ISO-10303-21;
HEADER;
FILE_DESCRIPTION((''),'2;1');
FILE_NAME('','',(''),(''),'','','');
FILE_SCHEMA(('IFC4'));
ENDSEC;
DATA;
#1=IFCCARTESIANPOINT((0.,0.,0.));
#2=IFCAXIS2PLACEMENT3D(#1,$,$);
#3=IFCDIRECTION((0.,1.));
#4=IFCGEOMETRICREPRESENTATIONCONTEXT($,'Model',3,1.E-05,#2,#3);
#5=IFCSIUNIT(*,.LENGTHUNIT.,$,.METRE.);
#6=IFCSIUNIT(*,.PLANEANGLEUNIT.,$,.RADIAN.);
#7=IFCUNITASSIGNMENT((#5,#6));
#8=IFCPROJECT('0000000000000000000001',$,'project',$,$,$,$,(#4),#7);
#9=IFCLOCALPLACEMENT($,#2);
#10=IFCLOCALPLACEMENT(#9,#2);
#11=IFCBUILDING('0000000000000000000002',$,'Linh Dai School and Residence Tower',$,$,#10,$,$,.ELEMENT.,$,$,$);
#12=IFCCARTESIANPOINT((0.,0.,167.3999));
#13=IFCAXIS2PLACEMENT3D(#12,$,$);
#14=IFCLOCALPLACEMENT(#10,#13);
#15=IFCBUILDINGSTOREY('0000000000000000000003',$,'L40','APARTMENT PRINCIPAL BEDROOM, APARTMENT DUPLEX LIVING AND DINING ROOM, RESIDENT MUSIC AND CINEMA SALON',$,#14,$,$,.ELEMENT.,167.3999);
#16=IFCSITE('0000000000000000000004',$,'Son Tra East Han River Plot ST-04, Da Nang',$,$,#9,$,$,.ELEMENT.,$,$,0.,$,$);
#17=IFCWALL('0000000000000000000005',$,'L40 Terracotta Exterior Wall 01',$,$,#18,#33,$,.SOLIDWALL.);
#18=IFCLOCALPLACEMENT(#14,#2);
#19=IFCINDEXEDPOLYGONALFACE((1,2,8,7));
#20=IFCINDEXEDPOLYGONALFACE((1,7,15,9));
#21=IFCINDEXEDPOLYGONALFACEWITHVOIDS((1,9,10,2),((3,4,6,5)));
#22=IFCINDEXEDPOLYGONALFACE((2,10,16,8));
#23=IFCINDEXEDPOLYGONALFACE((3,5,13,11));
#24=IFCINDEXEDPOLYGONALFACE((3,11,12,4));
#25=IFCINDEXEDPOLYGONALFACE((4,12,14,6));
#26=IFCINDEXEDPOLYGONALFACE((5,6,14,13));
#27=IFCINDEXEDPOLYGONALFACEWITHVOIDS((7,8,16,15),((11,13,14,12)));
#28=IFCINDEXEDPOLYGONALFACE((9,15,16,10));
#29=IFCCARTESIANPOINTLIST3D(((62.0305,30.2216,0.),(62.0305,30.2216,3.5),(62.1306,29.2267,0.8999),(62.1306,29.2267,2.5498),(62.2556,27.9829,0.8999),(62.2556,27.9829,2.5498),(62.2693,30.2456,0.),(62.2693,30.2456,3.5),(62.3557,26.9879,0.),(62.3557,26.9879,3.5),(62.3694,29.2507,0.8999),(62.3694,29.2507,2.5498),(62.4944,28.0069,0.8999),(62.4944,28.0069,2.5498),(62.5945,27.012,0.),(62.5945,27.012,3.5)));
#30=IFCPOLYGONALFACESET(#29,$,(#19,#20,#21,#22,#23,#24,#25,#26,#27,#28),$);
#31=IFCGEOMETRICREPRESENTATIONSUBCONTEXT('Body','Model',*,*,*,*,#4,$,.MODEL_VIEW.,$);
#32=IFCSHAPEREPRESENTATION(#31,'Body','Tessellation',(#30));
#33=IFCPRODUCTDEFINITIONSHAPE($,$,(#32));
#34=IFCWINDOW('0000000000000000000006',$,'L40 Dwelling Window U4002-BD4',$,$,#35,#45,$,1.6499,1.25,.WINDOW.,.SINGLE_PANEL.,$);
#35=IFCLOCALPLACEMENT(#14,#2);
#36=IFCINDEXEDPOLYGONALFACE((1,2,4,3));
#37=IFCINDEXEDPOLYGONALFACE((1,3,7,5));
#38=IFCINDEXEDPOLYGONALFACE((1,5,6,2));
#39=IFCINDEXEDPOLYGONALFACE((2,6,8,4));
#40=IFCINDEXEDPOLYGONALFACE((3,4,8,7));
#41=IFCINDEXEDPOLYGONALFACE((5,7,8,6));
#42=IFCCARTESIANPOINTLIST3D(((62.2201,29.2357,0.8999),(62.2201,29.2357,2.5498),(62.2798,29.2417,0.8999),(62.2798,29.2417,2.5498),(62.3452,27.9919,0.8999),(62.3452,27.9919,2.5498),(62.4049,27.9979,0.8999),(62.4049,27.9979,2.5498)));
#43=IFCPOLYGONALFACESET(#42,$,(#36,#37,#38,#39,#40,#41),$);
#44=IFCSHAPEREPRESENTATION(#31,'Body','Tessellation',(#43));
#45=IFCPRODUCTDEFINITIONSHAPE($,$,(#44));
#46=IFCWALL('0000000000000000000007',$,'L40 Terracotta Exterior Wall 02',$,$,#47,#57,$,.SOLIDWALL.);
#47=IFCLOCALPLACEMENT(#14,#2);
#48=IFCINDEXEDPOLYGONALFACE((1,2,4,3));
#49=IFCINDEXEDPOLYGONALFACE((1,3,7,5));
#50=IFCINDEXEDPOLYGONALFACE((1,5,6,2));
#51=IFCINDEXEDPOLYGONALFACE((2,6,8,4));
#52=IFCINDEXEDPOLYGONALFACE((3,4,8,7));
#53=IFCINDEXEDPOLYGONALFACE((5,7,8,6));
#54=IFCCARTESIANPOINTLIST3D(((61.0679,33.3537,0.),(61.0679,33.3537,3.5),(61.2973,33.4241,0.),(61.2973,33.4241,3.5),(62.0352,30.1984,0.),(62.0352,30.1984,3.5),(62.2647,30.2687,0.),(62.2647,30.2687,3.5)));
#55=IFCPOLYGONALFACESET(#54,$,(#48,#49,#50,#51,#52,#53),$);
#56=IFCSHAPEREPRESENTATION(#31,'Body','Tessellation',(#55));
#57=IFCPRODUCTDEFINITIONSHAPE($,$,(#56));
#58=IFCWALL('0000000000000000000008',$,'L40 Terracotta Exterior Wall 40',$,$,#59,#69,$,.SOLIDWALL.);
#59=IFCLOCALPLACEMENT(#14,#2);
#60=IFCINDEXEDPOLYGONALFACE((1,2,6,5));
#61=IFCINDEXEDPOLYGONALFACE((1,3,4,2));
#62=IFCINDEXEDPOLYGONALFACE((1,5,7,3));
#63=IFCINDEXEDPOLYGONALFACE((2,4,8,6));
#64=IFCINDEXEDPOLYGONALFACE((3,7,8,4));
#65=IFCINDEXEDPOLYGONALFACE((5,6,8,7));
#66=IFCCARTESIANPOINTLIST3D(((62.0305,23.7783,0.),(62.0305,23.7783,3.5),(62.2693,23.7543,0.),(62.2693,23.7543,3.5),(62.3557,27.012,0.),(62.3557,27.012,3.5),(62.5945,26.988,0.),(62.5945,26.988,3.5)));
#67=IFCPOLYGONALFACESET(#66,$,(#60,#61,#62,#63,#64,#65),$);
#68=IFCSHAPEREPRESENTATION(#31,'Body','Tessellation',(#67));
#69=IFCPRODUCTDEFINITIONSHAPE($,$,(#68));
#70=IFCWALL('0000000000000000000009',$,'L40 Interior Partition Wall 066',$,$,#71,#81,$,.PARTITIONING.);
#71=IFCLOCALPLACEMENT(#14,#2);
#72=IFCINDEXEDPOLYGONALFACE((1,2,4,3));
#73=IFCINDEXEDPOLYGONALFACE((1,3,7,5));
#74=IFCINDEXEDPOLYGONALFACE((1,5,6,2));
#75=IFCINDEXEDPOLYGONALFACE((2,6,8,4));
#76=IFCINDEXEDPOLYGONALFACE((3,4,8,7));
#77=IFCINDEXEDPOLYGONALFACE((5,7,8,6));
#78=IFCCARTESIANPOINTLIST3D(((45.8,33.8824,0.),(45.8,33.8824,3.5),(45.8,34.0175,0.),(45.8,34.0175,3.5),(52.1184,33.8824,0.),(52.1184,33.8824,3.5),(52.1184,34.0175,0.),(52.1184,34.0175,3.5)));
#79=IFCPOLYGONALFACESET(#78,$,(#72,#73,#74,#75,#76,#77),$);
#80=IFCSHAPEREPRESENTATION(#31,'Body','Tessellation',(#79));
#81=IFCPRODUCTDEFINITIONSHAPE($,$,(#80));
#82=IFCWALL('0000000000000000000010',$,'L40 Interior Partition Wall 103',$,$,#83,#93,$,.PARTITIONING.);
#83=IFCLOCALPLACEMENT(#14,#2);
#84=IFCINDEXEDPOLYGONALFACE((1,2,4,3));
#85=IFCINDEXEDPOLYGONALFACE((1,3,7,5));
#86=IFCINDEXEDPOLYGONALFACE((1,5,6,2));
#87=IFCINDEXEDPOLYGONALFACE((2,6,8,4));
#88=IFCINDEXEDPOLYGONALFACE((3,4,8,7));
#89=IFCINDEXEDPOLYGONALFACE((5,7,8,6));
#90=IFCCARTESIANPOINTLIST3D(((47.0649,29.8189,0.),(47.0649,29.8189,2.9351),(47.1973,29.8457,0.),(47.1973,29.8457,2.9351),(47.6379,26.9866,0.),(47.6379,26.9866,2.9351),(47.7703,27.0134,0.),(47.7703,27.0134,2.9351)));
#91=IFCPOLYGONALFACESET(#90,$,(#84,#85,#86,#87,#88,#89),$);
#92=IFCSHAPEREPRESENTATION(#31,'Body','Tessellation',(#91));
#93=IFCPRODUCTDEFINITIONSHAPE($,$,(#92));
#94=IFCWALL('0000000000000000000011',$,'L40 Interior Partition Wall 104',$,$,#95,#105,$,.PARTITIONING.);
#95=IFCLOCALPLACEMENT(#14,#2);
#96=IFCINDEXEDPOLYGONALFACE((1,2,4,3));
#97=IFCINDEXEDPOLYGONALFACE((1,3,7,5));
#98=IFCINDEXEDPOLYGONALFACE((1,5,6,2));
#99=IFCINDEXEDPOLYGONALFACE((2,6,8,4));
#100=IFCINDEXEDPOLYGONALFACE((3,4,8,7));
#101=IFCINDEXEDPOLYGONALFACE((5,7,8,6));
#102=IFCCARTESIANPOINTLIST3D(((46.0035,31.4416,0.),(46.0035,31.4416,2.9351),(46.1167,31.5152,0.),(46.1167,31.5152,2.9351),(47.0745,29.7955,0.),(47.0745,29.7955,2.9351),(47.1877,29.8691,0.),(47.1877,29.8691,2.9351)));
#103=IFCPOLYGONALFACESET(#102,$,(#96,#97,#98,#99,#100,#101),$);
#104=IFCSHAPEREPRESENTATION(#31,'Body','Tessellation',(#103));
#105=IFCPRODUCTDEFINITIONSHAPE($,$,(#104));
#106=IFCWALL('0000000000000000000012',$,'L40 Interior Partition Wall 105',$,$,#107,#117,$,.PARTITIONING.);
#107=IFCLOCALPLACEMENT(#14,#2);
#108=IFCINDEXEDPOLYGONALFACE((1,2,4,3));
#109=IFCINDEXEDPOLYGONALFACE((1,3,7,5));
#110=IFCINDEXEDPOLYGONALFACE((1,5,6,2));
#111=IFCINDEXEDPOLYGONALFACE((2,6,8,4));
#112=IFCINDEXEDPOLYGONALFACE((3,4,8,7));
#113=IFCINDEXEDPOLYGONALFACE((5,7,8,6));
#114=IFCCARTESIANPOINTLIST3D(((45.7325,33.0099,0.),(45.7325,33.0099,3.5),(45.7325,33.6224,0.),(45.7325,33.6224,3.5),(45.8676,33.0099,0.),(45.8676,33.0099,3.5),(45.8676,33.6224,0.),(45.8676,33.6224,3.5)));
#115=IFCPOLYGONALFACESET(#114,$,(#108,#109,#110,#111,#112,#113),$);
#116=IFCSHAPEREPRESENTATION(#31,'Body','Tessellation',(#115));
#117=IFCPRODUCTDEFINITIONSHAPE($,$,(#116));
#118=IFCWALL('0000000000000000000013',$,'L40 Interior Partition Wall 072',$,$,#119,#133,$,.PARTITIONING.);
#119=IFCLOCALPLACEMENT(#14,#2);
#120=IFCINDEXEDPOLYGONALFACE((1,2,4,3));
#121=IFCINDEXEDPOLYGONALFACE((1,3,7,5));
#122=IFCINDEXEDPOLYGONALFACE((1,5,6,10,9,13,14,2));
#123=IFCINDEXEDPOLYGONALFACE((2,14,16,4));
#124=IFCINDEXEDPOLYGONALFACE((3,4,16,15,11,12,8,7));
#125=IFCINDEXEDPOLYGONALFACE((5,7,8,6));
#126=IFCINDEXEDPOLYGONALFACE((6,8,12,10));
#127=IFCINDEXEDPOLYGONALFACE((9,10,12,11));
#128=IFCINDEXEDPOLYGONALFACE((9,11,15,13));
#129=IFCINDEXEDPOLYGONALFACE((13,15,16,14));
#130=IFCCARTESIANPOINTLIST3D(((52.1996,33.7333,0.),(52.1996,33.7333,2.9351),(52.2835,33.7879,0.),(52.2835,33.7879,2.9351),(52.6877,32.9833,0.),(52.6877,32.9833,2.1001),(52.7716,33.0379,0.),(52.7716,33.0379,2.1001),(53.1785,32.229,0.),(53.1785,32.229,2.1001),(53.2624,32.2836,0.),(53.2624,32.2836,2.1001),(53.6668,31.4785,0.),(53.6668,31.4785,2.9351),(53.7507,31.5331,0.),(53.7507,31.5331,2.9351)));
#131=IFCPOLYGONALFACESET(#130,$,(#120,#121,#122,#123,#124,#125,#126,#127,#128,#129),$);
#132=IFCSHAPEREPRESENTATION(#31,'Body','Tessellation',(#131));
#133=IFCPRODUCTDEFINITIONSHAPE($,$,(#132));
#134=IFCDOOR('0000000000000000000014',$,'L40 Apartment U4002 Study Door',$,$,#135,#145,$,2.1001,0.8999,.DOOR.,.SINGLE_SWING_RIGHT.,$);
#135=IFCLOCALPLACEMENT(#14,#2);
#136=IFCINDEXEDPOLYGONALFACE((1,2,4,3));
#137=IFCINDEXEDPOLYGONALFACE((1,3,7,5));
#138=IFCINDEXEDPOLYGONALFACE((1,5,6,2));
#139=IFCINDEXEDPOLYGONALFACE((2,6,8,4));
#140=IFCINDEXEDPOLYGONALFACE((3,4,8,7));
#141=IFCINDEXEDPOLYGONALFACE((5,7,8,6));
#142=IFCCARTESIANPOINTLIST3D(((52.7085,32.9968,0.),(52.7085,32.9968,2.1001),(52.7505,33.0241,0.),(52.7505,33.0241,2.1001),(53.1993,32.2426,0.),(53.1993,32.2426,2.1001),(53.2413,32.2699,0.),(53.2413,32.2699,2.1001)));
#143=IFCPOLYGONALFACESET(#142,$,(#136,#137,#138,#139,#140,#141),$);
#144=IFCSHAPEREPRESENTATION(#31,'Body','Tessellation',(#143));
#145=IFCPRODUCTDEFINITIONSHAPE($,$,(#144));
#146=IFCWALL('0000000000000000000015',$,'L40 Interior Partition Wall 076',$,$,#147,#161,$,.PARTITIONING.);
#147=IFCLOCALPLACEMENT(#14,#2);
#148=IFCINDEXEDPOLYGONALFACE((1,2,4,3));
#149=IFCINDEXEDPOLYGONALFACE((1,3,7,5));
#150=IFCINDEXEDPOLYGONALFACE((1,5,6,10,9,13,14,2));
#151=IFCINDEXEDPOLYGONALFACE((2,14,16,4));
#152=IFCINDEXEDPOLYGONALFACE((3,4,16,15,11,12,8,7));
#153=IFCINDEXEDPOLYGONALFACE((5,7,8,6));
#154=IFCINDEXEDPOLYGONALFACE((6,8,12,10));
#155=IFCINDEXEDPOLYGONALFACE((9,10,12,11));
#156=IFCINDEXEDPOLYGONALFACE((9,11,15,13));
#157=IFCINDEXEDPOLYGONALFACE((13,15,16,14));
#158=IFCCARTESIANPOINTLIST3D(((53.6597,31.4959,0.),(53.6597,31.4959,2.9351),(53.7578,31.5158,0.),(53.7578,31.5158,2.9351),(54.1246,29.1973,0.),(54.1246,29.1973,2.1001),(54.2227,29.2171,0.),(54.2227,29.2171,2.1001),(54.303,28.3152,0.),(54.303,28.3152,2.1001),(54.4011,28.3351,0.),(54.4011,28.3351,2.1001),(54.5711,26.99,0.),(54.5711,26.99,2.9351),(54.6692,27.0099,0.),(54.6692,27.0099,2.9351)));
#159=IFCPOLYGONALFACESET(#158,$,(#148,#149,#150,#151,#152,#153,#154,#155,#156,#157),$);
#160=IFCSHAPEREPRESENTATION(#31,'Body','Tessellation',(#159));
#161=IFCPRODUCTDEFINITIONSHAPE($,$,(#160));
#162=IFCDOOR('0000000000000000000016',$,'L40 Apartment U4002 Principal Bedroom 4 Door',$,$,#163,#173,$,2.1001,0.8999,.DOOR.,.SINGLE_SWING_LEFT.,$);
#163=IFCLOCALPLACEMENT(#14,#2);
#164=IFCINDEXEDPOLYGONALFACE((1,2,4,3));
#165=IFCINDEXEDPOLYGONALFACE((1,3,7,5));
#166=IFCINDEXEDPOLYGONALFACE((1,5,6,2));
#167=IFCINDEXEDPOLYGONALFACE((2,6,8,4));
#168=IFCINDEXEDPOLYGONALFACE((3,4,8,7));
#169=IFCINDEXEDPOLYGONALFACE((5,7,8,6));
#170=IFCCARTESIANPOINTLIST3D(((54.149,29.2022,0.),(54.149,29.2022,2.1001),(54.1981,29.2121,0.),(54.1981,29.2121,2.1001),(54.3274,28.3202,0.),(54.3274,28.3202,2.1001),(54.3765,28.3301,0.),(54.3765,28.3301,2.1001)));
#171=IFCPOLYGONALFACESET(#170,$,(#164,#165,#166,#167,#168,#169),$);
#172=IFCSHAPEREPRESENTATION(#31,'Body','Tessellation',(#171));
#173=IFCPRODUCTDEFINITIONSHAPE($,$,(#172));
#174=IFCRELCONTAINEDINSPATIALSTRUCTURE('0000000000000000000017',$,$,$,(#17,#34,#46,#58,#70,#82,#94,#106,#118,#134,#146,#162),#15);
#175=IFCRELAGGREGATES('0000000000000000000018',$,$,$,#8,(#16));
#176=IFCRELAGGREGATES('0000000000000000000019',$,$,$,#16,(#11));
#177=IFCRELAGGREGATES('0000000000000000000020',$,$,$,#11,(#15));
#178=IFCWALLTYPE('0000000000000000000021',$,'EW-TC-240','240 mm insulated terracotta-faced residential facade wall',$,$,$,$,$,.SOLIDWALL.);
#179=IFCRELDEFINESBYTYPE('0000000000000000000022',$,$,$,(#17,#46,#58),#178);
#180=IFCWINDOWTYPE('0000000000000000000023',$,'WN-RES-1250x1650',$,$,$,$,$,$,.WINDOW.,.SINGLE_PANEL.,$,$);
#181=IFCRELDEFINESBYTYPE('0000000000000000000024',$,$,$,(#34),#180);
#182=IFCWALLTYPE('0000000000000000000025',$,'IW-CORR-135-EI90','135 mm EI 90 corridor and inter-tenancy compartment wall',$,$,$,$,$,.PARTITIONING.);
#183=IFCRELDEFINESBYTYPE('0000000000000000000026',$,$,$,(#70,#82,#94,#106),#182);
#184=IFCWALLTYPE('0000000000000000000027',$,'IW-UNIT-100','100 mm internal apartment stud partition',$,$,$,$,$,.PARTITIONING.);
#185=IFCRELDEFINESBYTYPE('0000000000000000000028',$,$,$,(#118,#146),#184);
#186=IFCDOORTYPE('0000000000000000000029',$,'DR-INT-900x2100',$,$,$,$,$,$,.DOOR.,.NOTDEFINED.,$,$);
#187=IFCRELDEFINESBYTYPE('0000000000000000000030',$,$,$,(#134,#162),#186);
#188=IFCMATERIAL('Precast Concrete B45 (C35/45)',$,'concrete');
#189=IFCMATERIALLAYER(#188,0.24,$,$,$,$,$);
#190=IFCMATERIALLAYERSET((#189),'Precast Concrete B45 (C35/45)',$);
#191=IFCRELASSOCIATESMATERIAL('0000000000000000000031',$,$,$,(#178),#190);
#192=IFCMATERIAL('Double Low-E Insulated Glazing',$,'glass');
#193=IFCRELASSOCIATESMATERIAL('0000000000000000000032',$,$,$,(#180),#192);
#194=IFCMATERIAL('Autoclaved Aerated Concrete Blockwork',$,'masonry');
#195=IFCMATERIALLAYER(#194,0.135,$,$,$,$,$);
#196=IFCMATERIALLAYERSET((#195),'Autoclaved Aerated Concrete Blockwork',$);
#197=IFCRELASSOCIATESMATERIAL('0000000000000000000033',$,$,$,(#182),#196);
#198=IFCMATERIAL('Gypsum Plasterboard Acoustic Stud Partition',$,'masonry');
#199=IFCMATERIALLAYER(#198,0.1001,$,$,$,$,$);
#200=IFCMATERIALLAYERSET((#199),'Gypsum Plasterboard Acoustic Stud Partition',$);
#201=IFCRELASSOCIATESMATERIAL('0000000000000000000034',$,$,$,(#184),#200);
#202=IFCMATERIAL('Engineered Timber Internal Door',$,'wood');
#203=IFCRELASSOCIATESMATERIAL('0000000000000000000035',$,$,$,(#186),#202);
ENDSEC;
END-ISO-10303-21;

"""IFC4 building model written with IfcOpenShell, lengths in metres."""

from ifc_helpers import new_model, si_unit, direction, frame, frame_2d, origin, origin_2d, place, context, subcontext, project, spatial, rectangle, extrude, source, transform, mapped, material, layer, layer_set, type_object, element, fill, save


model = new_model("IFC4")

# Units and contexts
model_context = context("Model", 3, precision=1e-05, world=origin(), true_north=direction((0.0, 1.0)))
body_context = subcontext(model_context, "Body", "Model", "MODEL_VIEW")
ifc_project = project(units=[si_unit("LENGTHUNIT", "METRE"), si_unit("PLANEANGLEUNIT", "RADIAN")], contexts=[model_context])

# Site, building, storey
site_placement = place(None, origin())
site = spatial("IfcSite", under=ifc_project, at=site_placement, Name="Son Tra East Han River Plot ST-04, Da Nang", CompositionType="ELEMENT", RefElevation=0.0)
building_placement = place(site_placement, origin())
building = spatial("IfcBuilding", under=site, at=building_placement, Name="Linh Dai School and Residence Tower", CompositionType="ELEMENT")
storey_placement = place(building_placement, frame((0.0, 0.0, 167.3999)))
storey = spatial("IfcBuildingStorey", under=building, at=storey_placement, Name="L40", Description="APARTMENT PRINCIPAL BEDROOM, APARTMENT DUPLEX LIVING AND DINING ROOM, RESIDENT MUSIC AND CINEMA SALON", CompositionType="ELEMENT", Elevation=167.3999)

# Shared definitions
ifc_material_1 = material(Name="Precast Concrete B45 (C35/45)", Category="concrete")

# Wall, opening, window
ifc_layer_1 = layer(ifc_material_1, 0.24)
ifc_layer_set_1 = layer_set([ifc_layer_1], Name="Precast Concrete B45 (C35/45)")
wall_type_1 = type_object("IfcWallType", Name="EW-TC-240", Description="240 mm insulated terracotta-faced residential facade wall", PredefinedType="SOLIDWALL", material=ifc_layer_set_1)
wall_1_placement = place(storey_placement, frame((62.1499, 30.2336, 0.0), z_axis=(0.0, 0.0, 1.0), x_axis=(0.100062, -0.994981, 0.0)))
wall_1 = element("IfcWall", 1, at=wall_1_placement, inside=storey, type_object=wall_type_1, Name="L40 Terracotta Exterior Wall 01", PredefinedType="SOLIDWALL", context=body_context, shape_type="SweptSolid", body=[
    extrude(rectangle(XDim=3.25, YDim=0.24, at=frame_2d((1.625, 0.0))), origin(), (0.0, 0.0, 1.0), 3.5),
])
opening_1_placement = place(wall_1_placement, frame((1.0, 0.0, 0.8999)))
opening_1 = element("IfcOpeningElement", 2, at=opening_1_placement, cuts=wall_1, PredefinedType="OPENING", context=body_context, shape_type="SweptSolid", body=[
    extrude(rectangle(XDim=1.25, YDim=1.6499, at=origin_2d()), frame((0.625, 0.1299, 0.825), z_axis=(0.0, -1.0, 0.0), x_axis=(1.0, 0.0, 0.0)), (0.0, 0.0, 1.0), 0.26),
])
ifc_material_2 = material(Name="Double Low-E Insulated Glazing", Category="glass")
window_type = type_object("IfcWindowType", Name="WN-RES-1250x1650", PartitioningType="SINGLE_PANEL", PredefinedType="WINDOW", material=ifc_material_2)
shared_shape_1 = source(origin(), body_context, "Body", "SweptSolid", [
    extrude(rectangle(XDim=1.25, YDim=1.6499, at=origin_2d()), frame((0.625, 0.03, 0.825), z_axis=(0.0, -1.0, 0.0), x_axis=(1.0, 0.0, 0.0)), (0.0, 0.0, 1.0), 0.0601),
])
window_placement = place(opening_1_placement, origin())
window = element("IfcWindow", 3, at=window_placement, inside=storey, type_object=window_type, Name="L40 Dwelling Window U4002-BD4", OverallHeight=1.6499, OverallWidth=1.25, PartitioningType="SINGLE_PANEL", PredefinedType="WINDOW", context=body_context, shape_type="MappedRepresentation", body=[
    mapped(shared_shape_1, transform((0.0, 0.0, 0.0), x_axis=(1.0, 0.0, 0.0), y_axis=(0.0, 1.0, 0.0), z_axis=(0.0, 0.0, 1.0), scale=1.0)),
])
fill(opening_1, window)

# Walls
wall_2_placement = place(storey_placement, frame((61.1826, 33.3889, 0.0), z_axis=(0.0, 0.0, 1.0), x_axis=(0.293098, -0.956082, 0.0)))
element("IfcWall", 4, at=wall_2_placement, inside=storey, type_object=wall_type_1, Name="L40 Terracotta Exterior Wall 02", PredefinedType="SOLIDWALL", context=body_context, shape_type="SweptSolid", body=[
    extrude(rectangle(XDim=3.3003, YDim=0.24, at=frame_2d((1.6501, 0.0))), origin(), (0.0, 0.0, 1.0), 3.5),
])
wall_3_placement = place(storey_placement, frame((62.4751, 27.0, 0.0), z_axis=(0.0, 0.0, 1.0), x_axis=(-0.100062, -0.994981, 0.0)))
element("IfcWall", 5, at=wall_3_placement, inside=storey, type_object=wall_type_1, Name="L40 Terracotta Exterior Wall 40", PredefinedType="SOLIDWALL", context=body_context, shape_type="SweptSolid", body=[
    extrude(rectangle(XDim=3.25, YDim=0.24, at=frame_2d((1.625, 0.0))), origin(), (0.0, 0.0, 1.0), 3.5),
])
ifc_material_3 = material(Name="Autoclaved Aerated Concrete Blockwork", Category="masonry")
ifc_layer_2 = layer(ifc_material_3, 0.135)
ifc_layer_set_2 = layer_set([ifc_layer_2], Name="Autoclaved Aerated Concrete Blockwork")
wall_type_2 = type_object("IfcWallType", Name="IW-CORR-135-EI90", Description="135 mm EI 90 corridor and inter-tenancy compartment wall", PredefinedType="PARTITIONING", material=ifc_layer_set_2)
wall_4_placement = place(storey_placement, frame((45.8, 33.95, 0.0), z_axis=(0.0, 0.0, 1.0), x_axis=(1.0, 0.0, 0.0)))
element("IfcWall", 6, at=wall_4_placement, inside=storey, type_object=wall_type_2, Name="L40 Interior Partition Wall 066", PredefinedType="PARTITIONING", context=body_context, shape_type="SweptSolid", body=[
    extrude(rectangle(XDim=6.3184, YDim=0.135, at=frame_2d((3.1592, 0.0))), origin(), (0.0, 0.0, 1.0), 3.5),
])
wall_5_placement = place(storey_placement, frame((47.7041, 27.0, 0.0), z_axis=(0.0, 0.0, 1.0), x_axis=(-0.198293, 0.980143, 0.0)))
element("IfcWall", 7, at=wall_5_placement, inside=storey, type_object=wall_type_2, Name="L40 Interior Partition Wall 103", PredefinedType="PARTITIONING", context=body_context, shape_type="SweptSolid", body=[
    extrude(rectangle(XDim=2.8896, YDim=0.135, at=frame_2d((1.4448, 0.0))), origin(), (0.0, 0.0, 1.0), 2.9351),
])
wall_6_placement = place(storey_placement, frame((47.1311, 29.8323, 0.0), z_axis=(0.0, 0.0, 1.0), x_axis=(-0.545342, 0.838213, 0.0)))
element("IfcWall", 8, at=wall_6_placement, inside=storey, type_object=wall_type_2, Name="L40 Interior Partition Wall 104", PredefinedType="PARTITIONING", context=body_context, shape_type="SweptSolid", body=[
    extrude(rectangle(XDim=1.9639, YDim=0.135, at=frame_2d((0.9819, 0.0))), origin(), (0.0, 0.0, 1.0), 2.9351),
])
wall_7_placement = place(storey_placement, frame((45.8, 33.01, 0.0), z_axis=(0.0, 0.0, 1.0), x_axis=(0.0, 1.0, 0.0)))
element("IfcWall", 9, at=wall_7_placement, inside=storey, type_object=wall_type_2, Name="L40 Interior Partition Wall 105", PredefinedType="PARTITIONING", context=body_context, shape_type="SweptSolid", body=[
    extrude(rectangle(XDim=0.6125, YDim=0.135, at=frame_2d((0.3062, 0.0))), origin(), (0.0, 0.0, 1.0), 3.5),
])

# Walls, openings, doors
ifc_material_4 = material(Name="Gypsum Plasterboard Acoustic Stud Partition", Category="masonry")
ifc_layer_3 = layer(ifc_material_4, 0.1001)
ifc_layer_set_3 = layer_set([ifc_layer_3], Name="Gypsum Plasterboard Acoustic Stud Partition")
wall_type_3 = type_object("IfcWallType", Name="IW-UNIT-100", Description="100 mm internal apartment stud partition", PredefinedType="PARTITIONING", material=ifc_layer_set_3)
wall_8_placement = place(storey_placement, frame((52.2415, 33.7607, 0.0), z_axis=(0.0, 0.0, 1.0), x_axis=(0.545409, -0.83817, 0.0)))
wall_8 = element("IfcWall", 10, at=wall_8_placement, inside=storey, type_object=wall_type_3, Name="L40 Interior Partition Wall 072", PredefinedType="PARTITIONING", context=body_context, shape_type="SweptSolid", body=[
    extrude(rectangle(XDim=2.6902, YDim=0.1001, at=frame_2d((1.3452, 0.0))), origin(), (0.0, 0.0, 1.0), 2.9351),
])
opening_2_placement = place(wall_8_placement, frame((0.895, 0.0, 0.0)))
opening_2 = element("IfcOpeningElement", 11, at=opening_2_placement, cuts=wall_8, PredefinedType="OPENING", context=body_context, shape_type="SweptSolid", body=[
    extrude(rectangle(XDim=0.8999, YDim=2.1001, at=origin_2d()), frame((0.45, 0.0601, 1.05), z_axis=(0.0, -1.0, 0.0), x_axis=(1.0, 0.0, 0.0)), (0.0, 0.0, 1.0), 0.1201),
])
ifc_material_5 = material(Name="Engineered Timber Internal Door", Category="wood")
door_type = type_object("IfcDoorType", Name="DR-INT-900x2100", OperationType="NOTDEFINED", PredefinedType="DOOR", material=ifc_material_5)
shared_shape_2 = source(origin(), body_context, "Body", "SweptSolid", [
    extrude(rectangle(XDim=0.8999, YDim=2.1001, at=origin_2d()), frame((0.45, 0.0249, 1.05), z_axis=(0.0, -1.0, 0.0), x_axis=(1.0, 0.0, 0.0)), (0.0, 0.0, 1.0), 0.05),
])
door_1_placement = place(opening_2_placement, origin())
door_1 = element("IfcDoor", 12, at=door_1_placement, inside=storey, type_object=door_type, Name="L40 Apartment U4002 Study Door", OperationType="SINGLE_SWING_RIGHT", OverallHeight=2.1001, OverallWidth=0.8999, PredefinedType="DOOR", context=body_context, shape_type="MappedRepresentation", body=[
    mapped(shared_shape_2, transform((0.0, 0.0, 0.0), x_axis=(1.0, 0.0, 0.0), y_axis=(0.0, 1.0, 0.0), z_axis=(0.0, 0.0, 1.0), scale=1.0)),
])
fill(opening_2, door_1)
wall_9_placement = place(storey_placement, frame((53.7087, 31.5059, 0.0), z_axis=(0.0, 0.0, 1.0), x_axis=(0.19825, -0.980151, 0.0)))
wall_9 = element("IfcWall", 13, at=wall_9_placement, inside=storey, type_object=wall_type_3, Name="L40 Interior Partition Wall 076", PredefinedType="PARTITIONING", context=body_context, shape_type="SweptSolid", body=[
    extrude(rectangle(XDim=4.5972, YDim=0.1001, at=frame_2d((2.2986, 0.0))), origin(), (0.0, 0.0, 1.0), 2.9351),
])
opening_3_placement = place(wall_9_placement, frame((2.3452, 0.0, 0.0)))
opening_3 = element("IfcOpeningElement", 14, at=opening_3_placement, cuts=wall_9, PredefinedType="OPENING", context=body_context, shape_type="SweptSolid", body=[
    extrude(rectangle(XDim=0.8999, YDim=2.1001, at=origin_2d()), frame((0.45, 0.0601, 1.05), z_axis=(0.0, -1.0, 0.0), x_axis=(1.0, 0.0, 0.0)), (0.0, 0.0, 1.0), 0.1201),
])
door_2_placement = place(opening_3_placement, origin())
door_2 = element("IfcDoor", 15, at=door_2_placement, inside=storey, type_object=door_type, Name="L40 Apartment U4002 Principal Bedroom 4 Door", OperationType="SINGLE_SWING_LEFT", OverallHeight=2.1001, OverallWidth=0.8999, PredefinedType="DOOR", context=body_context, shape_type="MappedRepresentation", body=[
    mapped(shared_shape_2, transform((0.0, 0.0, 0.0), x_axis=(1.0, 0.0, 0.0), y_axis=(0.0, 1.0, 0.0), z_axis=(0.0, 0.0, 1.0), scale=1.0)),
])
fill(opening_3, door_2)

save(model, "model.ifc")
